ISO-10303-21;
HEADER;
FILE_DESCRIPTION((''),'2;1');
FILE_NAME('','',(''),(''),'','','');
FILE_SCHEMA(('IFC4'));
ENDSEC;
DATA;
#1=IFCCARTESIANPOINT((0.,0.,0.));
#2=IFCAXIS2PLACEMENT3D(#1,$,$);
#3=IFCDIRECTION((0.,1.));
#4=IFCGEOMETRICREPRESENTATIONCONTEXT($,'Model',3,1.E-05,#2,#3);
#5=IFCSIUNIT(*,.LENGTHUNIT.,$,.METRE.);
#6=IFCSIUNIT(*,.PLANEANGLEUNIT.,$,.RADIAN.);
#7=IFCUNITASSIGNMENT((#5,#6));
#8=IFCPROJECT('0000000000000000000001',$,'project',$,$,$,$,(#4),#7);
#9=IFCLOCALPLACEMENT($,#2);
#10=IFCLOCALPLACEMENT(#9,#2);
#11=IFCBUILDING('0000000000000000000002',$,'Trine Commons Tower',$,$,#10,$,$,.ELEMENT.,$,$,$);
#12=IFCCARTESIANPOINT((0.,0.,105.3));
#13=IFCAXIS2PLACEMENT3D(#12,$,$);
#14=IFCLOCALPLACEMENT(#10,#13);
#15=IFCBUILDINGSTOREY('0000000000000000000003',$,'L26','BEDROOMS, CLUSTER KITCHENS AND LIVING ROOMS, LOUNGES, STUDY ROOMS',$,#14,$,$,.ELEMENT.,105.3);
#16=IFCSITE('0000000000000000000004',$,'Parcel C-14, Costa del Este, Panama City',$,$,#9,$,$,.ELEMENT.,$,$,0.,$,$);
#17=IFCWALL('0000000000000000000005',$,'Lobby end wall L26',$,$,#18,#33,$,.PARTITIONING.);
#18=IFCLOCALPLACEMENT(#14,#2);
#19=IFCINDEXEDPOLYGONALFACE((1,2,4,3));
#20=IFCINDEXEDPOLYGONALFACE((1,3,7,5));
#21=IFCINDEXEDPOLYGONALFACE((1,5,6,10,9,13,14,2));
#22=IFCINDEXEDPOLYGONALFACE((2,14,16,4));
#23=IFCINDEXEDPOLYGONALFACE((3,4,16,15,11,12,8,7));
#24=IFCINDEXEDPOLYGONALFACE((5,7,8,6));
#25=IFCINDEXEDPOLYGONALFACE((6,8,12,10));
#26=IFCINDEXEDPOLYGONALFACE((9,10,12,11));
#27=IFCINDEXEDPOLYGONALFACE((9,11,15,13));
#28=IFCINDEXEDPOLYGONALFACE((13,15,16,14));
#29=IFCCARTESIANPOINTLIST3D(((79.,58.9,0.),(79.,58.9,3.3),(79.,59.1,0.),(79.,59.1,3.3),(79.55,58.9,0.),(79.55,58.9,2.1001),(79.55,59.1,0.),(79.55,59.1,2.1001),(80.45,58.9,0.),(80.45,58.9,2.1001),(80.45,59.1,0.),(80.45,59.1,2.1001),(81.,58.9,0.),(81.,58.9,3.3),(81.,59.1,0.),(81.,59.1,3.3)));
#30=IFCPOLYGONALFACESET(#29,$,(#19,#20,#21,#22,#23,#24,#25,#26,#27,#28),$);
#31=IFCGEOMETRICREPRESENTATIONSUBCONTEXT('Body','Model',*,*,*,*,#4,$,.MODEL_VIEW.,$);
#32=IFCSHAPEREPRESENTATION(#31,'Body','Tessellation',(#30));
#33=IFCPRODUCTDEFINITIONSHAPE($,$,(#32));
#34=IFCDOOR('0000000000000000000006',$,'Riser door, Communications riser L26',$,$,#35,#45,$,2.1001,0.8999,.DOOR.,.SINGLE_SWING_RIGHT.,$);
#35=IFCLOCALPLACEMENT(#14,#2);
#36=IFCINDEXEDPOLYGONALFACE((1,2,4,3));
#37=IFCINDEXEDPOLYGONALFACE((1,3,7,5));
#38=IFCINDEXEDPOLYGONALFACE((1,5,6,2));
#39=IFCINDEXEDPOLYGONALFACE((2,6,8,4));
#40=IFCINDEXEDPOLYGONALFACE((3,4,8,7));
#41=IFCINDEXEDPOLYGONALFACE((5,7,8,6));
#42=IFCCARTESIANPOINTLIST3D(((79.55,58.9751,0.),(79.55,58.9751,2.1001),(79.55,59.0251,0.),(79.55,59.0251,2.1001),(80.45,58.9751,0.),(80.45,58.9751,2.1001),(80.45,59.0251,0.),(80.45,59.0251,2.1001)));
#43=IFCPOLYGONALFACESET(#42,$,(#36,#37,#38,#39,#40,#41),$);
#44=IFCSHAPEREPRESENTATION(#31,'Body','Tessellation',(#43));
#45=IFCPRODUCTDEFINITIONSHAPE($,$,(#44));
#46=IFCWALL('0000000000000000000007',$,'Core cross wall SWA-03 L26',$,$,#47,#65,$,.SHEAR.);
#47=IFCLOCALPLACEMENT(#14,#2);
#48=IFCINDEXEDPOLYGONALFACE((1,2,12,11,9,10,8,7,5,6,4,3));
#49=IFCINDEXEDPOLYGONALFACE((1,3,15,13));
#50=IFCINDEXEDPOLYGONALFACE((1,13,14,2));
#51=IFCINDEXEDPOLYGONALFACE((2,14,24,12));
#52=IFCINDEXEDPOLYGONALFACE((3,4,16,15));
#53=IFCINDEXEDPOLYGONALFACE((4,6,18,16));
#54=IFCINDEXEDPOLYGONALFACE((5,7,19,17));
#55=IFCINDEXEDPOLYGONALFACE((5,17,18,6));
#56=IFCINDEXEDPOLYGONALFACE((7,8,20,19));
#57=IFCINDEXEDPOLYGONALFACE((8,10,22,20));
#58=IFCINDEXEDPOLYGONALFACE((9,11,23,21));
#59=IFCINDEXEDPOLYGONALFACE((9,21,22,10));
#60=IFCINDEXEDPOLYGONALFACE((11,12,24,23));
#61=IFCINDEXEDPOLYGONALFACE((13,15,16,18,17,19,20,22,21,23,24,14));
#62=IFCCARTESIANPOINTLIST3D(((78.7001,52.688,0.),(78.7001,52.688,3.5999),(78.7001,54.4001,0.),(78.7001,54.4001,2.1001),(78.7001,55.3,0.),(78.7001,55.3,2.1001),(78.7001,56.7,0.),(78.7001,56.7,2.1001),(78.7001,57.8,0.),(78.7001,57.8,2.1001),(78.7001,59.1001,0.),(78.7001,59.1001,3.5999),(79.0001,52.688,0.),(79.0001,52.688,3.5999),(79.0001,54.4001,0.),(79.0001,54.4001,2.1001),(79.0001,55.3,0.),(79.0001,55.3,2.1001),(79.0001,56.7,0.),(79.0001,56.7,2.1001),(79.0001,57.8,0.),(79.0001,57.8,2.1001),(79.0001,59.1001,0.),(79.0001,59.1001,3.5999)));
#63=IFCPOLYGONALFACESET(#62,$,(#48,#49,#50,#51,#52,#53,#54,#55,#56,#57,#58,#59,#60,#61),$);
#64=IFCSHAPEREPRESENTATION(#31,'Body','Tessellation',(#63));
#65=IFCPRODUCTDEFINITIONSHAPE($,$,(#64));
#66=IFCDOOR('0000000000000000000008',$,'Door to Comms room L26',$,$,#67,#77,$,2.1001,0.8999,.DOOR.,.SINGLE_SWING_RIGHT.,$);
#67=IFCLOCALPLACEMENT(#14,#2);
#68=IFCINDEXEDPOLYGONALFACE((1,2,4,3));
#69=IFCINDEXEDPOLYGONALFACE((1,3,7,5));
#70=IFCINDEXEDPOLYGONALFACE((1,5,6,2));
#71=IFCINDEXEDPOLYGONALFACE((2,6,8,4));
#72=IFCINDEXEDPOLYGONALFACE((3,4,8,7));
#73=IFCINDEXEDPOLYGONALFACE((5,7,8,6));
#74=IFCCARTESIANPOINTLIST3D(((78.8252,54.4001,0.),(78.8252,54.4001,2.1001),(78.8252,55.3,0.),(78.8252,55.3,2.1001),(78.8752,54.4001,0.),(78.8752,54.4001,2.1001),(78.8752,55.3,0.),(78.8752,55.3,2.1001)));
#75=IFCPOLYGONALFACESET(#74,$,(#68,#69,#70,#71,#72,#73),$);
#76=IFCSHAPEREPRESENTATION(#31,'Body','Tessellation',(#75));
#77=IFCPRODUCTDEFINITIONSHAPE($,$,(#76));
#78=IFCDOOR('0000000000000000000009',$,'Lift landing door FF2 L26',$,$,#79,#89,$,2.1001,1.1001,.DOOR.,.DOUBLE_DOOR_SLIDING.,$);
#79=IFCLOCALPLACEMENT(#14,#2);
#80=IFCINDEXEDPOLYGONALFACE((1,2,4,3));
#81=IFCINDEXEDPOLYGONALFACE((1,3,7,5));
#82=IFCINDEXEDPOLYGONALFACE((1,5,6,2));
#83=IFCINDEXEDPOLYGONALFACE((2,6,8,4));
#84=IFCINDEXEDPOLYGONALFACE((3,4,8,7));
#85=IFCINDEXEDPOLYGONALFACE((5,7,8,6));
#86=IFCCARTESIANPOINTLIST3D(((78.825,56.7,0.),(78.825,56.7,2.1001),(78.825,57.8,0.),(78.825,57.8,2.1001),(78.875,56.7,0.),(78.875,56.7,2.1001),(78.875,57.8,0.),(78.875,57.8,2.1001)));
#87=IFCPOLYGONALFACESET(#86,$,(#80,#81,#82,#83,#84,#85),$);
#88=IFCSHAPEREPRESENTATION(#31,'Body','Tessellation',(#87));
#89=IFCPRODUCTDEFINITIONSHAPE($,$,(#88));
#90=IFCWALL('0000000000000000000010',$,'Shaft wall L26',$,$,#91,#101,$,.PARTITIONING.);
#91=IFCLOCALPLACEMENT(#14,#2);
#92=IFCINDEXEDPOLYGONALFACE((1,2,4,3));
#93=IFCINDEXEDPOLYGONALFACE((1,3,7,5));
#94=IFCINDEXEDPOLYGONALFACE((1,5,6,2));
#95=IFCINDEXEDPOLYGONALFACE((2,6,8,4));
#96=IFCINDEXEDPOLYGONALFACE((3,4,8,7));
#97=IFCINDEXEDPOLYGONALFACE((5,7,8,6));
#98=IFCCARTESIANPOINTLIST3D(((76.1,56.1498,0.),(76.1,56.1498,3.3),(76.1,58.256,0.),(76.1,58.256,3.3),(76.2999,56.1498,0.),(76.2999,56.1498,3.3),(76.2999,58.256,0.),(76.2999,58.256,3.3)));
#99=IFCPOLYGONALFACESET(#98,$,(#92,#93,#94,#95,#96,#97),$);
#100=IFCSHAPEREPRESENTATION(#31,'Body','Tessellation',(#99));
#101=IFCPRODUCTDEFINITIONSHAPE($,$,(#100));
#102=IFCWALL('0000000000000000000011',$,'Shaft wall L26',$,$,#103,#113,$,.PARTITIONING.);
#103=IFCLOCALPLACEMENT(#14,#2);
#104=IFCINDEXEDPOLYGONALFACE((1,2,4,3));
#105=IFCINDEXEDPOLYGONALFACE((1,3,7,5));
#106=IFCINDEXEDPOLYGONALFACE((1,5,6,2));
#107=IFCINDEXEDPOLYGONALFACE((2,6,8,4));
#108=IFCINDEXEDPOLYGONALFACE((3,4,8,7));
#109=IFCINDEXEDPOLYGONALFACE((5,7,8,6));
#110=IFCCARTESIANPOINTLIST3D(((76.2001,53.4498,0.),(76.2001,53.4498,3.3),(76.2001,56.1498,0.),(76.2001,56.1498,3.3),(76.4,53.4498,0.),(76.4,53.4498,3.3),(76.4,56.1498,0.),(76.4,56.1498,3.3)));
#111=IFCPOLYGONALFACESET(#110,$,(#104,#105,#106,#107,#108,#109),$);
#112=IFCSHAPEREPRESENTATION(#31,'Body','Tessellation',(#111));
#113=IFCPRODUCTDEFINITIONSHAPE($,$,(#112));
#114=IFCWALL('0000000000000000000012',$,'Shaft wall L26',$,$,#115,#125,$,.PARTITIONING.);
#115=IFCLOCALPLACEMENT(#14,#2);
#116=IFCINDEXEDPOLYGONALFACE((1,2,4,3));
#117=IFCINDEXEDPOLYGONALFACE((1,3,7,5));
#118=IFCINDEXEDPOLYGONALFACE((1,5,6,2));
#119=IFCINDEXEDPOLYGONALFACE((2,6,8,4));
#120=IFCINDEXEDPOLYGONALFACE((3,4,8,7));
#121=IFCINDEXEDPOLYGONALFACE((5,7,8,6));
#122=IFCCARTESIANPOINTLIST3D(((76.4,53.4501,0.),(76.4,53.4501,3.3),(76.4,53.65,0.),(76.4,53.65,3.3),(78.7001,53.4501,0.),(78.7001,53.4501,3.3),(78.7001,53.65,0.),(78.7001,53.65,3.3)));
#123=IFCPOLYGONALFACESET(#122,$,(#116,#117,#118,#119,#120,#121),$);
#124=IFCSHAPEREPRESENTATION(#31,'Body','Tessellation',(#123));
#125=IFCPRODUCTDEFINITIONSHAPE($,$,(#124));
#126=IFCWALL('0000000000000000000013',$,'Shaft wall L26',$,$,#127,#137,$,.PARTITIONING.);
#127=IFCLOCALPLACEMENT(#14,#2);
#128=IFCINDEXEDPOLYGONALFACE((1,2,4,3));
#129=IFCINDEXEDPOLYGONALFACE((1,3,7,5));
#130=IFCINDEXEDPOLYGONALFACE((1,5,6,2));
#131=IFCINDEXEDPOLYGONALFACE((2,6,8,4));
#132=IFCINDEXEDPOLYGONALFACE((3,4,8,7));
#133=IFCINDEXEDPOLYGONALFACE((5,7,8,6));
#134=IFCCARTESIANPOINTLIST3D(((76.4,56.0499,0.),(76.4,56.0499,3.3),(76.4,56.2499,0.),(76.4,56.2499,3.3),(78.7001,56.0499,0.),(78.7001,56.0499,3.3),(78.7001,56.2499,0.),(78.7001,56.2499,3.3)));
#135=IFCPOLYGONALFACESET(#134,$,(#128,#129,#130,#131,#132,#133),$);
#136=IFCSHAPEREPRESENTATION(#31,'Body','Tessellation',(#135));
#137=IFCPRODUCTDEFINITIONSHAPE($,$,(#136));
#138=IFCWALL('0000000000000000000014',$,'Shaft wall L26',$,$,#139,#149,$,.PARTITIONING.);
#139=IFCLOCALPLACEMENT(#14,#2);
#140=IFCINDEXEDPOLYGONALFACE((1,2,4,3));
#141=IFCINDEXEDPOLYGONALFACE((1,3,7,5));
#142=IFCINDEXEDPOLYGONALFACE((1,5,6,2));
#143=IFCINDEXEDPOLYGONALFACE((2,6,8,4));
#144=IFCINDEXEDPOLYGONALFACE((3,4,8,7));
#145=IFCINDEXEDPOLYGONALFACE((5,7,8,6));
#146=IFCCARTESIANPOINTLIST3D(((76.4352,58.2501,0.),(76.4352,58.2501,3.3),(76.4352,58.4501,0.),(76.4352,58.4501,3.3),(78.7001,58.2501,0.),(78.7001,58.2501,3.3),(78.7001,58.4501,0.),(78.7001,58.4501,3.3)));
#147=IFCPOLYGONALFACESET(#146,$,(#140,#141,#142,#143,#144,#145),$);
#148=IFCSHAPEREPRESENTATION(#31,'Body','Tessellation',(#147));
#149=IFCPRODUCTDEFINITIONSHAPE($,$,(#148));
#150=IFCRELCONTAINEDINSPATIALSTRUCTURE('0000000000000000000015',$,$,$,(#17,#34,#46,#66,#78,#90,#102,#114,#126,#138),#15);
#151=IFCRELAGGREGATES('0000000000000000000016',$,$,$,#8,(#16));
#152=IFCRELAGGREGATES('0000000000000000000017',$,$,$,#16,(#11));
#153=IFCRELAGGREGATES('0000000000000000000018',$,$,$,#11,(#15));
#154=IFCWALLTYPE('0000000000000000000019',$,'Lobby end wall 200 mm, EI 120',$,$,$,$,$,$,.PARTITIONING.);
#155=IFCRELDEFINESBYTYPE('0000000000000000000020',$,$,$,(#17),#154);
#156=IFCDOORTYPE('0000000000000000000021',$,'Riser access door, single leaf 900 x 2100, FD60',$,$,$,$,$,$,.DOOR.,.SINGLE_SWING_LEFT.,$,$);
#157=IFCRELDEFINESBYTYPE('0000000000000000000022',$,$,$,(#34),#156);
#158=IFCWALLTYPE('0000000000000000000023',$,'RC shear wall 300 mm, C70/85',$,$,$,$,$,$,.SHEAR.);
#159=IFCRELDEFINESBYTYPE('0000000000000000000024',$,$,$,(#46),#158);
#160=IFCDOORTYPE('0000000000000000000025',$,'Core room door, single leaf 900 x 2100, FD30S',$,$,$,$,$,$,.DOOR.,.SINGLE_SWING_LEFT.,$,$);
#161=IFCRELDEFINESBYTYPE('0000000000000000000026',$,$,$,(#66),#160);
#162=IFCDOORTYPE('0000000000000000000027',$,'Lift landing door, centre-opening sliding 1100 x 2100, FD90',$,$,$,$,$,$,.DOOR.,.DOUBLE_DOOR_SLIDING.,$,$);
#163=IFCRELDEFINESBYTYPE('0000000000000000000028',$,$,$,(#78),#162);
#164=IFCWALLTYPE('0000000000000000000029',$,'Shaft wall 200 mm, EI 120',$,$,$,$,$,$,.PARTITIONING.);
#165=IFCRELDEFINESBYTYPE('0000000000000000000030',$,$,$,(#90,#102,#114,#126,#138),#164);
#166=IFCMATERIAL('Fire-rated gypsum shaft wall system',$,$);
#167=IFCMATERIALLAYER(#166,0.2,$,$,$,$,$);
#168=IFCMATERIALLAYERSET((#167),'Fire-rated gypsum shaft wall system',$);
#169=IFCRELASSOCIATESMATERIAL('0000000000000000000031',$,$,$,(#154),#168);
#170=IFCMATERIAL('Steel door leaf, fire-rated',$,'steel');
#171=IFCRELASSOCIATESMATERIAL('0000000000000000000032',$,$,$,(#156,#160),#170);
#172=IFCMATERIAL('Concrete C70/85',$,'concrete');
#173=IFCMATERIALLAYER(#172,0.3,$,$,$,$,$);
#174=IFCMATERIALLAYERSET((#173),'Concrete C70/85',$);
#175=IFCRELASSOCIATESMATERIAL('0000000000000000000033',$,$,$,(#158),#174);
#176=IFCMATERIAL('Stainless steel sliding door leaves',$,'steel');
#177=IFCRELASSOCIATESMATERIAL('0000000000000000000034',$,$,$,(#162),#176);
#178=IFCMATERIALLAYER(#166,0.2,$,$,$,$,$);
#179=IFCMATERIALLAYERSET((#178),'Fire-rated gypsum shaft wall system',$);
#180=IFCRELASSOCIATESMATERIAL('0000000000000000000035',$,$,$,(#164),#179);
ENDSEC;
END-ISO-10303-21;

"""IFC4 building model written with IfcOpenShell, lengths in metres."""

from ifc_helpers import new_model, si_unit, direction, frame, frame_2d, origin, place, context, subcontext, project, spatial, rectangle, extrude, material, layer, layer_set, type_object, element, fill, save


model = new_model("IFC4")

# Units and contexts
model_context = context("Model", 3, precision=1e-05, world=origin(), true_north=direction((0.0, 1.0)))
body_context = subcontext(model_context, "Body", "Model", "MODEL_VIEW")
ifc_project = project(units=[si_unit("LENGTHUNIT", "METRE"), si_unit("PLANEANGLEUNIT", "RADIAN")], contexts=[model_context])

# Site, building, storey
site_placement = place(None, origin())
site = spatial("IfcSite", under=ifc_project, at=site_placement, Name="Parcel C-14, Costa del Este, Panama City", CompositionType="ELEMENT", RefElevation=0.0)
building_placement = place(site_placement, origin())
building = spatial("IfcBuilding", under=site, at=building_placement, Name="Trine Commons Tower", CompositionType="ELEMENT")
storey_placement = place(building_placement, frame((0.0, 0.0, 105.3)))
storey = spatial("IfcBuildingStorey", under=building, at=storey_placement, Name="L26", Description="BEDROOMS, CLUSTER KITCHENS AND LIVING ROOMS, LOUNGES, STUDY ROOMS", CompositionType="ELEMENT", Elevation=105.3)

# Wall, opening, door
ifc_material_1 = material(Name="Fire-rated gypsum shaft wall system")
ifc_layer_1 = layer(ifc_material_1, 0.2)
ifc_layer_set_1 = layer_set([ifc_layer_1], Name="Fire-rated gypsum shaft wall system")
wall_type_1 = type_object("IfcWallType", Name="Lobby end wall 200 mm, EI 120", PredefinedType="PARTITIONING", material=ifc_layer_set_1)
wall_1_placement = place(storey_placement, frame((79.0, 59.0, 0.0), z_axis=(0.0, 0.0, 1.0), x_axis=(1.0, 0.0, 0.0)))
wall_1 = element("IfcWall", 1, at=wall_1_placement, inside=storey, type_object=wall_type_1, Name="Lobby end wall L26", PredefinedType="PARTITIONING", context=body_context, shape_type="SweptSolid", body=[
    extrude(rectangle(XDim=2.0, YDim=0.2, at=frame_2d((1.0, 0.0))), origin(), (0.0, 0.0, 1.0), 3.3),
])
opening_1_placement = place(wall_1_placement, frame((0.55, 0.0, 0.0)))
opening_1 = element("IfcOpeningElement", 2, at=opening_1_placement, cuts=wall_1, PredefinedType="OPENING", context=body_context, shape_type="SweptSolid", body=[
    extrude(rectangle(XDim=0.8999, YDim=2.1001, at=frame_2d((0.45, 1.05))), frame((0.0, 0.1099, 0.0), z_axis=(0.0, -1.0, 0.0), x_axis=(1.0, 0.0, 0.0)), (0.0, 0.0, 1.0), 0.22),
])
ifc_material_2 = material(Name="Steel door leaf, fire-rated", Category="steel")
door_type_1 = type_object("IfcDoorType", Name="Riser access door, single leaf 900 x 2100, FD60", OperationType="SINGLE_SWING_LEFT", PredefinedType="DOOR", material=ifc_material_2)
door_1_placement = place(opening_1_placement, frame((0.8999, 0.0, 0.0), z_axis=(0.0, 0.0, 1.0), x_axis=(-1.0, 0.0, 0.0)))
door_1 = element("IfcDoor", 3, at=door_1_placement, inside=storey, type_object=door_type_1, Name="Riser door, Communications riser L26", OperationType="SINGLE_SWING_RIGHT", OverallHeight=2.1001, OverallWidth=0.8999, PredefinedType="DOOR", context=body_context, shape_type="SweptSolid", body=[
    extrude(rectangle(XDim=0.8999, YDim=2.1001, at=frame_2d((0.45, 1.05))), frame((0.0, 0.0249, 0.0), z_axis=(0.0, -1.0, 0.0), x_axis=(1.0, 0.0, 0.0)), (0.0, 0.0, 1.0), 0.05),
])
fill(opening_1, door_1)

# Wall, openings, doors
ifc_material_3 = material(Name="Concrete C70/85", Category="concrete")
ifc_layer_2 = layer(ifc_material_3, 0.3)
ifc_layer_set_2 = layer_set([ifc_layer_2], Name="Concrete C70/85")
wall_type_2 = type_object("IfcWallType", Name="RC shear wall 300 mm, C70/85", PredefinedType="SHEAR", material=ifc_layer_set_2)
wall_2_placement = place(storey_placement, frame((78.8501, 59.1001, 0.0), z_axis=(0.0, 0.0, 1.0), x_axis=(0.0, -1.0, 0.0)))
wall_2 = element("IfcWall", 4, at=wall_2_placement, inside=storey, type_object=wall_type_2, Name="Core cross wall SWA-03 L26", PredefinedType="SHEAR", context=body_context, shape_type="SweptSolid", body=[
    extrude(rectangle(XDim=6.4121, YDim=0.3, at=frame_2d((3.2061, 0.0))), origin(), (0.0, 0.0, 1.0), 3.5999),
])
opening_2_placement = place(wall_2_placement, frame((3.8, 0.0, 0.0)))
opening_2 = element("IfcOpeningElement", 5, at=opening_2_placement, cuts=wall_2, PredefinedType="OPENING", context=body_context, shape_type="SweptSolid", body=[
    extrude(rectangle(XDim=0.8999, YDim=2.1001, at=frame_2d((0.45, 1.05))), frame((0.0, 0.1599, 0.0), z_axis=(0.0, -1.0, 0.0), x_axis=(1.0, 0.0, 0.0)), (0.0, 0.0, 1.0), 0.3201),
])
opening_3_placement = place(wall_2_placement, frame((1.3, 0.0, 0.0)))
opening_3 = element("IfcOpeningElement", 6, at=opening_3_placement, cuts=wall_2, PredefinedType="OPENING", context=body_context, shape_type="SweptSolid", body=[
    extrude(rectangle(XDim=1.1001, YDim=2.1001, at=frame_2d((0.55, 1.05))), frame((0.0, 0.1599, 0.0), z_axis=(0.0, -1.0, 0.0), x_axis=(1.0, 0.0, 0.0)), (0.0, 0.0, 1.0), 0.3201),
])
door_type_2 = type_object("IfcDoorType", Name="Core room door, single leaf 900 x 2100, FD30S", OperationType="SINGLE_SWING_LEFT", PredefinedType="DOOR", material=ifc_material_2)
door_2_placement = place(opening_2_placement, frame((0.8999, 0.0, 0.0), z_axis=(0.0, 0.0, 1.0), x_axis=(-1.0, 0.0, 0.0)))
door_2 = element("IfcDoor", 7, at=door_2_placement, inside=storey, type_object=door_type_2, Name="Door to Comms room L26", OperationType="SINGLE_SWING_RIGHT", OverallHeight=2.1001, OverallWidth=0.8999, PredefinedType="DOOR", context=body_context, shape_type="SweptSolid", body=[
    extrude(rectangle(XDim=0.8999, YDim=2.1001, at=frame_2d((0.45, 1.05))), frame((0.0, 0.0249, 0.0), z_axis=(0.0, -1.0, 0.0), x_axis=(1.0, 0.0, 0.0)), (0.0, 0.0, 1.0), 0.05),
])
fill(opening_2, door_2)
ifc_material_4 = material(Name="Stainless steel sliding door leaves", Category="steel")
door_type_3 = type_object("IfcDoorType", Name="Lift landing door, centre-opening sliding 1100 x 2100, FD90", OperationType="DOUBLE_DOOR_SLIDING", PredefinedType="DOOR", material=ifc_material_4)
door_3_placement = place(opening_3_placement, origin())
door_3 = element("IfcDoor", 8, at=door_3_placement, inside=storey, type_object=door_type_3, Name="Lift landing door FF2 L26", OperationType="DOUBLE_DOOR_SLIDING", OverallHeight=2.1001, OverallWidth=1.1001, PredefinedType="DOOR", context=body_context, shape_type="SweptSolid", body=[
    extrude(rectangle(XDim=1.1001, YDim=2.1001, at=frame_2d((0.55, 1.05))), frame((0.0, 0.0249, 0.0), z_axis=(0.0, -1.0, 0.0), x_axis=(1.0, 0.0, 0.0)), (0.0, 0.0, 1.0), 0.05),
])
fill(opening_3, door_3)

# Walls
ifc_layer_3 = layer(ifc_material_1, 0.2)
ifc_layer_set_3 = layer_set([ifc_layer_3], Name="Fire-rated gypsum shaft wall system")
wall_type_3 = type_object("IfcWallType", Name="Shaft wall 200 mm, EI 120", PredefinedType="PARTITIONING", material=ifc_layer_set_3)
wall_3_placement = place(storey_placement, frame((76.2, 58.2561, 0.0), z_axis=(0.0, 0.0, 1.0), x_axis=(0.0, -1.0, 0.0)))
element("IfcWall", 9, at=wall_3_placement, inside=storey, type_object=wall_type_3, Name="Shaft wall L26", PredefinedType="PARTITIONING", context=body_context, shape_type="SweptSolid", body=[
    extrude(rectangle(XDim=2.1062, YDim=0.2, at=frame_2d((1.0532, 0.0))), origin(), (0.0, 0.0, 1.0), 3.3),
])
wall_4_placement = place(storey_placement, frame((76.3, 56.1499, 0.0), z_axis=(0.0, 0.0, 1.0), x_axis=(0.0, -1.0, 0.0)))
element("IfcWall", 10, at=wall_4_placement, inside=storey, type_object=wall_type_3, Name="Shaft wall L26", PredefinedType="PARTITIONING", context=body_context, shape_type="SweptSolid", body=[
    extrude(rectangle(XDim=2.7, YDim=0.2, at=frame_2d((1.3501, 0.0))), origin(), (0.0, 0.0, 1.0), 3.3),
])
for number, where, z_axis, x_axis, name in (
    (11, (78.7, 53.55, 0.0), (0.0, 0.0, 1.0), (-1.0, 0.0, 0.0), "Shaft wall L26"),
    (12, (78.7, 56.1499, 0.0), (0.0, 0.0, 1.0), (-1.0, 0.0, 0.0), "Shaft wall L26"),
):
    element("IfcWall", number, at=place(storey_placement, frame(where, z_axis=z_axis, x_axis=x_axis)), inside=storey, type_object=wall_type_3, Name=name, PredefinedType="PARTITIONING", context=body_context, shape_type="SweptSolid", body=[
        extrude(rectangle(XDim=2.3, YDim=0.2, at=frame_2d((1.1499, 0.0))), origin(), (0.0, 0.0, 1.0), 3.3),
    ])
wall_5_placement = place(storey_placement, frame((78.7, 58.3501, 0.0), z_axis=(0.0, 0.0, 1.0), x_axis=(-1.0, 0.0, 0.0)))
element("IfcWall", 13, at=wall_5_placement, inside=storey, type_object=wall_type_3, Name="Shaft wall L26", PredefinedType="PARTITIONING", context=body_context, shape_type="SweptSolid", body=[
    extrude(rectangle(XDim=2.2649, YDim=0.2, at=frame_2d((1.1323, 0.0))), origin(), (0.0, 0.0, 1.0), 3.3),
])

save(model, "model.ifc")
